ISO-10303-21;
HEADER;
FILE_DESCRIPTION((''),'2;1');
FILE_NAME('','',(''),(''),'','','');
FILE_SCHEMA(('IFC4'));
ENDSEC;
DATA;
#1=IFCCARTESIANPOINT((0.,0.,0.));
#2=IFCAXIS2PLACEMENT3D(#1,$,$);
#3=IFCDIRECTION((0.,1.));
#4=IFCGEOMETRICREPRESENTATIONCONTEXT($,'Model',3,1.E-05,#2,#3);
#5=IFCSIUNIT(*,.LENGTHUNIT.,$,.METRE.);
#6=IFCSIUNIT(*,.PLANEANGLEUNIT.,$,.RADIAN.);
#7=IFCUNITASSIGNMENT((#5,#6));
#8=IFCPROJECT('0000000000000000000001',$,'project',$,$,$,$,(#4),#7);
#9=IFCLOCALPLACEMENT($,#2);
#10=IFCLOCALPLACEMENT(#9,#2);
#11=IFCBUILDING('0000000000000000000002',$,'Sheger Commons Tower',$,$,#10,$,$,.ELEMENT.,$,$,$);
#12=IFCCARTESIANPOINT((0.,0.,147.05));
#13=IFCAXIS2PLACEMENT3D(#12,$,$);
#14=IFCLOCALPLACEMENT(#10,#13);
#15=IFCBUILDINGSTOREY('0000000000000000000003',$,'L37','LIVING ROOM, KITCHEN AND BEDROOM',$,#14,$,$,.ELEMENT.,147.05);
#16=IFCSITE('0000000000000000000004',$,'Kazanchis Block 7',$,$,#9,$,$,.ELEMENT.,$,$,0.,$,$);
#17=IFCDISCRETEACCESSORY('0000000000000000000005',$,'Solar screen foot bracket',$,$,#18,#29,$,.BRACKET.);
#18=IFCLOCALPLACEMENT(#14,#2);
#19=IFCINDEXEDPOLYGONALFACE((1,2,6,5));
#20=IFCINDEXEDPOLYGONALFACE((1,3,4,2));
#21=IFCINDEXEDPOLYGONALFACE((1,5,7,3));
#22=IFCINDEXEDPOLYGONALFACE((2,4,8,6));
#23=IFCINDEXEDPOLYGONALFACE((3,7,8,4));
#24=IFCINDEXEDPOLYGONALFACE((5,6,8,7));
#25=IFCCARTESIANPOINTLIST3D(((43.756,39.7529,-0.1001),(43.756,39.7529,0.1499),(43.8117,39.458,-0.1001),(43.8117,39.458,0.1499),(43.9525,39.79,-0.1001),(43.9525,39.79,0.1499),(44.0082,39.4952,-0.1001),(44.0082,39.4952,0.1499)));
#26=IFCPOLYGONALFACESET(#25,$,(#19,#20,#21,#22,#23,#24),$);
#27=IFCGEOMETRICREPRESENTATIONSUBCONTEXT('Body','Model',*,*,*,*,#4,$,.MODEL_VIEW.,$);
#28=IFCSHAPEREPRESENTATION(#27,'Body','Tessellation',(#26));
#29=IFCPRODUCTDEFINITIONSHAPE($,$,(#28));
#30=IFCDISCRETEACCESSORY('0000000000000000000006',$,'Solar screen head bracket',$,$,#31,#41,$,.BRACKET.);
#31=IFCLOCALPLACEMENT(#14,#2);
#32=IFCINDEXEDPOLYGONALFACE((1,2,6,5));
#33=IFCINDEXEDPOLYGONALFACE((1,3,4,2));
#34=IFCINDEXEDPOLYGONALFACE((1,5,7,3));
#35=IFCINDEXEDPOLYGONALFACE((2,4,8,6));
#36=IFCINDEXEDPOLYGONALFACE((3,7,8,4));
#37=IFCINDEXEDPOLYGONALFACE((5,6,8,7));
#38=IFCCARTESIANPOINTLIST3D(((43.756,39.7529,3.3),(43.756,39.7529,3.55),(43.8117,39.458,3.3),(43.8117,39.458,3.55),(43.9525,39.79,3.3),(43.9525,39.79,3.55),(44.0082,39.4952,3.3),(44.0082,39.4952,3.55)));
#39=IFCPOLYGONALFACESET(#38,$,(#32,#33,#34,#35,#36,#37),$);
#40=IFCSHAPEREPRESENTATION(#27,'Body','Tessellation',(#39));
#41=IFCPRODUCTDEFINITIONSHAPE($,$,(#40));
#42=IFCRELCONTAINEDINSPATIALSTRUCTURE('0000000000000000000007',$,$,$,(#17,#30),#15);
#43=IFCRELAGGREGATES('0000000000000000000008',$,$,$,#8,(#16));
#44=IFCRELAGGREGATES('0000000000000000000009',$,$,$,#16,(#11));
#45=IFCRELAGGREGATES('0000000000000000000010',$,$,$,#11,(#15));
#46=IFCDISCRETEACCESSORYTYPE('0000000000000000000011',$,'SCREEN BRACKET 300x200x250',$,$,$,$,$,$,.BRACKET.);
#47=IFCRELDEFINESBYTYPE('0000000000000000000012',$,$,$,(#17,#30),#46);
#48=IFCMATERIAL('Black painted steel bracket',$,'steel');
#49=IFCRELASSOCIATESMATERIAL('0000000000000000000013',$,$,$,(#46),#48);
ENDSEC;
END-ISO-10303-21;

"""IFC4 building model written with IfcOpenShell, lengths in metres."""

from ifc_helpers import new_model, si_unit, direction, frame, origin, origin_2d, place, context, subcontext, project, spatial, rectangle, extrude, material, type_object, element, save


model = new_model("IFC4")

# Units and contexts
model_context = context("Model", 3, precision=1e-05, world=origin(), true_north=direction((0.0, 1.0)))
body_context = subcontext(model_context, "Body", "Model", "MODEL_VIEW")
ifc_project = project(units=[si_unit("LENGTHUNIT", "METRE"), si_unit("PLANEANGLEUNIT", "RADIAN")], contexts=[model_context])

# Site, building, storey
site_placement = place(None, origin())
site = spatial("IfcSite", under=ifc_project, at=site_placement, Name="Kazanchis Block 7", CompositionType="ELEMENT", RefElevation=0.0)
building_placement = place(site_placement, origin())
building = spatial("IfcBuilding", under=site, at=building_placement, Name="Sheger Commons Tower", CompositionType="ELEMENT")
storey_placement = place(building_placement, frame((0.0, 0.0, 147.05)))
storey = spatial("IfcBuildingStorey", under=building, at=storey_placement, Name="L37", Description="LIVING ROOM, KITCHEN AND BEDROOM", CompositionType="ELEMENT", Elevation=147.05)

# Discrete accessories
ifc_material_1 = material(Name="Black painted steel bracket", Category="steel")
discrete_accessory_type = type_object("IfcDiscreteAccessoryType", Name="SCREEN BRACKET 300x200x250", PredefinedType="BRACKET", material=ifc_material_1)
for number, where, z_axis, x_axis, name in (
    (1, (43.8821, 39.624, -0.1001), (0.0, 0.0, 1.0), (-0.185615, 0.982623, 0.0), "Solar screen foot bracket"),
    (2, (43.8821, 39.624, 3.3), (0.0, 0.0, 1.0), (-0.185615, 0.982623, 0.0), "Solar screen head bracket"),
):
    element("IfcDiscreteAccessory", number, at=place(storey_placement, frame(where, z_axis=z_axis, x_axis=x_axis)), inside=storey, type_object=discrete_accessory_type, Name=name, PredefinedType="BRACKET", context=body_context, shape_type="SweptSolid", body=[
        extrude(rectangle(XDim=0.3, YDim=0.2, at=origin_2d()), origin(), (0.0, 0.0, 1.0), 0.25),
    ])

save(model, "model.ifc")
